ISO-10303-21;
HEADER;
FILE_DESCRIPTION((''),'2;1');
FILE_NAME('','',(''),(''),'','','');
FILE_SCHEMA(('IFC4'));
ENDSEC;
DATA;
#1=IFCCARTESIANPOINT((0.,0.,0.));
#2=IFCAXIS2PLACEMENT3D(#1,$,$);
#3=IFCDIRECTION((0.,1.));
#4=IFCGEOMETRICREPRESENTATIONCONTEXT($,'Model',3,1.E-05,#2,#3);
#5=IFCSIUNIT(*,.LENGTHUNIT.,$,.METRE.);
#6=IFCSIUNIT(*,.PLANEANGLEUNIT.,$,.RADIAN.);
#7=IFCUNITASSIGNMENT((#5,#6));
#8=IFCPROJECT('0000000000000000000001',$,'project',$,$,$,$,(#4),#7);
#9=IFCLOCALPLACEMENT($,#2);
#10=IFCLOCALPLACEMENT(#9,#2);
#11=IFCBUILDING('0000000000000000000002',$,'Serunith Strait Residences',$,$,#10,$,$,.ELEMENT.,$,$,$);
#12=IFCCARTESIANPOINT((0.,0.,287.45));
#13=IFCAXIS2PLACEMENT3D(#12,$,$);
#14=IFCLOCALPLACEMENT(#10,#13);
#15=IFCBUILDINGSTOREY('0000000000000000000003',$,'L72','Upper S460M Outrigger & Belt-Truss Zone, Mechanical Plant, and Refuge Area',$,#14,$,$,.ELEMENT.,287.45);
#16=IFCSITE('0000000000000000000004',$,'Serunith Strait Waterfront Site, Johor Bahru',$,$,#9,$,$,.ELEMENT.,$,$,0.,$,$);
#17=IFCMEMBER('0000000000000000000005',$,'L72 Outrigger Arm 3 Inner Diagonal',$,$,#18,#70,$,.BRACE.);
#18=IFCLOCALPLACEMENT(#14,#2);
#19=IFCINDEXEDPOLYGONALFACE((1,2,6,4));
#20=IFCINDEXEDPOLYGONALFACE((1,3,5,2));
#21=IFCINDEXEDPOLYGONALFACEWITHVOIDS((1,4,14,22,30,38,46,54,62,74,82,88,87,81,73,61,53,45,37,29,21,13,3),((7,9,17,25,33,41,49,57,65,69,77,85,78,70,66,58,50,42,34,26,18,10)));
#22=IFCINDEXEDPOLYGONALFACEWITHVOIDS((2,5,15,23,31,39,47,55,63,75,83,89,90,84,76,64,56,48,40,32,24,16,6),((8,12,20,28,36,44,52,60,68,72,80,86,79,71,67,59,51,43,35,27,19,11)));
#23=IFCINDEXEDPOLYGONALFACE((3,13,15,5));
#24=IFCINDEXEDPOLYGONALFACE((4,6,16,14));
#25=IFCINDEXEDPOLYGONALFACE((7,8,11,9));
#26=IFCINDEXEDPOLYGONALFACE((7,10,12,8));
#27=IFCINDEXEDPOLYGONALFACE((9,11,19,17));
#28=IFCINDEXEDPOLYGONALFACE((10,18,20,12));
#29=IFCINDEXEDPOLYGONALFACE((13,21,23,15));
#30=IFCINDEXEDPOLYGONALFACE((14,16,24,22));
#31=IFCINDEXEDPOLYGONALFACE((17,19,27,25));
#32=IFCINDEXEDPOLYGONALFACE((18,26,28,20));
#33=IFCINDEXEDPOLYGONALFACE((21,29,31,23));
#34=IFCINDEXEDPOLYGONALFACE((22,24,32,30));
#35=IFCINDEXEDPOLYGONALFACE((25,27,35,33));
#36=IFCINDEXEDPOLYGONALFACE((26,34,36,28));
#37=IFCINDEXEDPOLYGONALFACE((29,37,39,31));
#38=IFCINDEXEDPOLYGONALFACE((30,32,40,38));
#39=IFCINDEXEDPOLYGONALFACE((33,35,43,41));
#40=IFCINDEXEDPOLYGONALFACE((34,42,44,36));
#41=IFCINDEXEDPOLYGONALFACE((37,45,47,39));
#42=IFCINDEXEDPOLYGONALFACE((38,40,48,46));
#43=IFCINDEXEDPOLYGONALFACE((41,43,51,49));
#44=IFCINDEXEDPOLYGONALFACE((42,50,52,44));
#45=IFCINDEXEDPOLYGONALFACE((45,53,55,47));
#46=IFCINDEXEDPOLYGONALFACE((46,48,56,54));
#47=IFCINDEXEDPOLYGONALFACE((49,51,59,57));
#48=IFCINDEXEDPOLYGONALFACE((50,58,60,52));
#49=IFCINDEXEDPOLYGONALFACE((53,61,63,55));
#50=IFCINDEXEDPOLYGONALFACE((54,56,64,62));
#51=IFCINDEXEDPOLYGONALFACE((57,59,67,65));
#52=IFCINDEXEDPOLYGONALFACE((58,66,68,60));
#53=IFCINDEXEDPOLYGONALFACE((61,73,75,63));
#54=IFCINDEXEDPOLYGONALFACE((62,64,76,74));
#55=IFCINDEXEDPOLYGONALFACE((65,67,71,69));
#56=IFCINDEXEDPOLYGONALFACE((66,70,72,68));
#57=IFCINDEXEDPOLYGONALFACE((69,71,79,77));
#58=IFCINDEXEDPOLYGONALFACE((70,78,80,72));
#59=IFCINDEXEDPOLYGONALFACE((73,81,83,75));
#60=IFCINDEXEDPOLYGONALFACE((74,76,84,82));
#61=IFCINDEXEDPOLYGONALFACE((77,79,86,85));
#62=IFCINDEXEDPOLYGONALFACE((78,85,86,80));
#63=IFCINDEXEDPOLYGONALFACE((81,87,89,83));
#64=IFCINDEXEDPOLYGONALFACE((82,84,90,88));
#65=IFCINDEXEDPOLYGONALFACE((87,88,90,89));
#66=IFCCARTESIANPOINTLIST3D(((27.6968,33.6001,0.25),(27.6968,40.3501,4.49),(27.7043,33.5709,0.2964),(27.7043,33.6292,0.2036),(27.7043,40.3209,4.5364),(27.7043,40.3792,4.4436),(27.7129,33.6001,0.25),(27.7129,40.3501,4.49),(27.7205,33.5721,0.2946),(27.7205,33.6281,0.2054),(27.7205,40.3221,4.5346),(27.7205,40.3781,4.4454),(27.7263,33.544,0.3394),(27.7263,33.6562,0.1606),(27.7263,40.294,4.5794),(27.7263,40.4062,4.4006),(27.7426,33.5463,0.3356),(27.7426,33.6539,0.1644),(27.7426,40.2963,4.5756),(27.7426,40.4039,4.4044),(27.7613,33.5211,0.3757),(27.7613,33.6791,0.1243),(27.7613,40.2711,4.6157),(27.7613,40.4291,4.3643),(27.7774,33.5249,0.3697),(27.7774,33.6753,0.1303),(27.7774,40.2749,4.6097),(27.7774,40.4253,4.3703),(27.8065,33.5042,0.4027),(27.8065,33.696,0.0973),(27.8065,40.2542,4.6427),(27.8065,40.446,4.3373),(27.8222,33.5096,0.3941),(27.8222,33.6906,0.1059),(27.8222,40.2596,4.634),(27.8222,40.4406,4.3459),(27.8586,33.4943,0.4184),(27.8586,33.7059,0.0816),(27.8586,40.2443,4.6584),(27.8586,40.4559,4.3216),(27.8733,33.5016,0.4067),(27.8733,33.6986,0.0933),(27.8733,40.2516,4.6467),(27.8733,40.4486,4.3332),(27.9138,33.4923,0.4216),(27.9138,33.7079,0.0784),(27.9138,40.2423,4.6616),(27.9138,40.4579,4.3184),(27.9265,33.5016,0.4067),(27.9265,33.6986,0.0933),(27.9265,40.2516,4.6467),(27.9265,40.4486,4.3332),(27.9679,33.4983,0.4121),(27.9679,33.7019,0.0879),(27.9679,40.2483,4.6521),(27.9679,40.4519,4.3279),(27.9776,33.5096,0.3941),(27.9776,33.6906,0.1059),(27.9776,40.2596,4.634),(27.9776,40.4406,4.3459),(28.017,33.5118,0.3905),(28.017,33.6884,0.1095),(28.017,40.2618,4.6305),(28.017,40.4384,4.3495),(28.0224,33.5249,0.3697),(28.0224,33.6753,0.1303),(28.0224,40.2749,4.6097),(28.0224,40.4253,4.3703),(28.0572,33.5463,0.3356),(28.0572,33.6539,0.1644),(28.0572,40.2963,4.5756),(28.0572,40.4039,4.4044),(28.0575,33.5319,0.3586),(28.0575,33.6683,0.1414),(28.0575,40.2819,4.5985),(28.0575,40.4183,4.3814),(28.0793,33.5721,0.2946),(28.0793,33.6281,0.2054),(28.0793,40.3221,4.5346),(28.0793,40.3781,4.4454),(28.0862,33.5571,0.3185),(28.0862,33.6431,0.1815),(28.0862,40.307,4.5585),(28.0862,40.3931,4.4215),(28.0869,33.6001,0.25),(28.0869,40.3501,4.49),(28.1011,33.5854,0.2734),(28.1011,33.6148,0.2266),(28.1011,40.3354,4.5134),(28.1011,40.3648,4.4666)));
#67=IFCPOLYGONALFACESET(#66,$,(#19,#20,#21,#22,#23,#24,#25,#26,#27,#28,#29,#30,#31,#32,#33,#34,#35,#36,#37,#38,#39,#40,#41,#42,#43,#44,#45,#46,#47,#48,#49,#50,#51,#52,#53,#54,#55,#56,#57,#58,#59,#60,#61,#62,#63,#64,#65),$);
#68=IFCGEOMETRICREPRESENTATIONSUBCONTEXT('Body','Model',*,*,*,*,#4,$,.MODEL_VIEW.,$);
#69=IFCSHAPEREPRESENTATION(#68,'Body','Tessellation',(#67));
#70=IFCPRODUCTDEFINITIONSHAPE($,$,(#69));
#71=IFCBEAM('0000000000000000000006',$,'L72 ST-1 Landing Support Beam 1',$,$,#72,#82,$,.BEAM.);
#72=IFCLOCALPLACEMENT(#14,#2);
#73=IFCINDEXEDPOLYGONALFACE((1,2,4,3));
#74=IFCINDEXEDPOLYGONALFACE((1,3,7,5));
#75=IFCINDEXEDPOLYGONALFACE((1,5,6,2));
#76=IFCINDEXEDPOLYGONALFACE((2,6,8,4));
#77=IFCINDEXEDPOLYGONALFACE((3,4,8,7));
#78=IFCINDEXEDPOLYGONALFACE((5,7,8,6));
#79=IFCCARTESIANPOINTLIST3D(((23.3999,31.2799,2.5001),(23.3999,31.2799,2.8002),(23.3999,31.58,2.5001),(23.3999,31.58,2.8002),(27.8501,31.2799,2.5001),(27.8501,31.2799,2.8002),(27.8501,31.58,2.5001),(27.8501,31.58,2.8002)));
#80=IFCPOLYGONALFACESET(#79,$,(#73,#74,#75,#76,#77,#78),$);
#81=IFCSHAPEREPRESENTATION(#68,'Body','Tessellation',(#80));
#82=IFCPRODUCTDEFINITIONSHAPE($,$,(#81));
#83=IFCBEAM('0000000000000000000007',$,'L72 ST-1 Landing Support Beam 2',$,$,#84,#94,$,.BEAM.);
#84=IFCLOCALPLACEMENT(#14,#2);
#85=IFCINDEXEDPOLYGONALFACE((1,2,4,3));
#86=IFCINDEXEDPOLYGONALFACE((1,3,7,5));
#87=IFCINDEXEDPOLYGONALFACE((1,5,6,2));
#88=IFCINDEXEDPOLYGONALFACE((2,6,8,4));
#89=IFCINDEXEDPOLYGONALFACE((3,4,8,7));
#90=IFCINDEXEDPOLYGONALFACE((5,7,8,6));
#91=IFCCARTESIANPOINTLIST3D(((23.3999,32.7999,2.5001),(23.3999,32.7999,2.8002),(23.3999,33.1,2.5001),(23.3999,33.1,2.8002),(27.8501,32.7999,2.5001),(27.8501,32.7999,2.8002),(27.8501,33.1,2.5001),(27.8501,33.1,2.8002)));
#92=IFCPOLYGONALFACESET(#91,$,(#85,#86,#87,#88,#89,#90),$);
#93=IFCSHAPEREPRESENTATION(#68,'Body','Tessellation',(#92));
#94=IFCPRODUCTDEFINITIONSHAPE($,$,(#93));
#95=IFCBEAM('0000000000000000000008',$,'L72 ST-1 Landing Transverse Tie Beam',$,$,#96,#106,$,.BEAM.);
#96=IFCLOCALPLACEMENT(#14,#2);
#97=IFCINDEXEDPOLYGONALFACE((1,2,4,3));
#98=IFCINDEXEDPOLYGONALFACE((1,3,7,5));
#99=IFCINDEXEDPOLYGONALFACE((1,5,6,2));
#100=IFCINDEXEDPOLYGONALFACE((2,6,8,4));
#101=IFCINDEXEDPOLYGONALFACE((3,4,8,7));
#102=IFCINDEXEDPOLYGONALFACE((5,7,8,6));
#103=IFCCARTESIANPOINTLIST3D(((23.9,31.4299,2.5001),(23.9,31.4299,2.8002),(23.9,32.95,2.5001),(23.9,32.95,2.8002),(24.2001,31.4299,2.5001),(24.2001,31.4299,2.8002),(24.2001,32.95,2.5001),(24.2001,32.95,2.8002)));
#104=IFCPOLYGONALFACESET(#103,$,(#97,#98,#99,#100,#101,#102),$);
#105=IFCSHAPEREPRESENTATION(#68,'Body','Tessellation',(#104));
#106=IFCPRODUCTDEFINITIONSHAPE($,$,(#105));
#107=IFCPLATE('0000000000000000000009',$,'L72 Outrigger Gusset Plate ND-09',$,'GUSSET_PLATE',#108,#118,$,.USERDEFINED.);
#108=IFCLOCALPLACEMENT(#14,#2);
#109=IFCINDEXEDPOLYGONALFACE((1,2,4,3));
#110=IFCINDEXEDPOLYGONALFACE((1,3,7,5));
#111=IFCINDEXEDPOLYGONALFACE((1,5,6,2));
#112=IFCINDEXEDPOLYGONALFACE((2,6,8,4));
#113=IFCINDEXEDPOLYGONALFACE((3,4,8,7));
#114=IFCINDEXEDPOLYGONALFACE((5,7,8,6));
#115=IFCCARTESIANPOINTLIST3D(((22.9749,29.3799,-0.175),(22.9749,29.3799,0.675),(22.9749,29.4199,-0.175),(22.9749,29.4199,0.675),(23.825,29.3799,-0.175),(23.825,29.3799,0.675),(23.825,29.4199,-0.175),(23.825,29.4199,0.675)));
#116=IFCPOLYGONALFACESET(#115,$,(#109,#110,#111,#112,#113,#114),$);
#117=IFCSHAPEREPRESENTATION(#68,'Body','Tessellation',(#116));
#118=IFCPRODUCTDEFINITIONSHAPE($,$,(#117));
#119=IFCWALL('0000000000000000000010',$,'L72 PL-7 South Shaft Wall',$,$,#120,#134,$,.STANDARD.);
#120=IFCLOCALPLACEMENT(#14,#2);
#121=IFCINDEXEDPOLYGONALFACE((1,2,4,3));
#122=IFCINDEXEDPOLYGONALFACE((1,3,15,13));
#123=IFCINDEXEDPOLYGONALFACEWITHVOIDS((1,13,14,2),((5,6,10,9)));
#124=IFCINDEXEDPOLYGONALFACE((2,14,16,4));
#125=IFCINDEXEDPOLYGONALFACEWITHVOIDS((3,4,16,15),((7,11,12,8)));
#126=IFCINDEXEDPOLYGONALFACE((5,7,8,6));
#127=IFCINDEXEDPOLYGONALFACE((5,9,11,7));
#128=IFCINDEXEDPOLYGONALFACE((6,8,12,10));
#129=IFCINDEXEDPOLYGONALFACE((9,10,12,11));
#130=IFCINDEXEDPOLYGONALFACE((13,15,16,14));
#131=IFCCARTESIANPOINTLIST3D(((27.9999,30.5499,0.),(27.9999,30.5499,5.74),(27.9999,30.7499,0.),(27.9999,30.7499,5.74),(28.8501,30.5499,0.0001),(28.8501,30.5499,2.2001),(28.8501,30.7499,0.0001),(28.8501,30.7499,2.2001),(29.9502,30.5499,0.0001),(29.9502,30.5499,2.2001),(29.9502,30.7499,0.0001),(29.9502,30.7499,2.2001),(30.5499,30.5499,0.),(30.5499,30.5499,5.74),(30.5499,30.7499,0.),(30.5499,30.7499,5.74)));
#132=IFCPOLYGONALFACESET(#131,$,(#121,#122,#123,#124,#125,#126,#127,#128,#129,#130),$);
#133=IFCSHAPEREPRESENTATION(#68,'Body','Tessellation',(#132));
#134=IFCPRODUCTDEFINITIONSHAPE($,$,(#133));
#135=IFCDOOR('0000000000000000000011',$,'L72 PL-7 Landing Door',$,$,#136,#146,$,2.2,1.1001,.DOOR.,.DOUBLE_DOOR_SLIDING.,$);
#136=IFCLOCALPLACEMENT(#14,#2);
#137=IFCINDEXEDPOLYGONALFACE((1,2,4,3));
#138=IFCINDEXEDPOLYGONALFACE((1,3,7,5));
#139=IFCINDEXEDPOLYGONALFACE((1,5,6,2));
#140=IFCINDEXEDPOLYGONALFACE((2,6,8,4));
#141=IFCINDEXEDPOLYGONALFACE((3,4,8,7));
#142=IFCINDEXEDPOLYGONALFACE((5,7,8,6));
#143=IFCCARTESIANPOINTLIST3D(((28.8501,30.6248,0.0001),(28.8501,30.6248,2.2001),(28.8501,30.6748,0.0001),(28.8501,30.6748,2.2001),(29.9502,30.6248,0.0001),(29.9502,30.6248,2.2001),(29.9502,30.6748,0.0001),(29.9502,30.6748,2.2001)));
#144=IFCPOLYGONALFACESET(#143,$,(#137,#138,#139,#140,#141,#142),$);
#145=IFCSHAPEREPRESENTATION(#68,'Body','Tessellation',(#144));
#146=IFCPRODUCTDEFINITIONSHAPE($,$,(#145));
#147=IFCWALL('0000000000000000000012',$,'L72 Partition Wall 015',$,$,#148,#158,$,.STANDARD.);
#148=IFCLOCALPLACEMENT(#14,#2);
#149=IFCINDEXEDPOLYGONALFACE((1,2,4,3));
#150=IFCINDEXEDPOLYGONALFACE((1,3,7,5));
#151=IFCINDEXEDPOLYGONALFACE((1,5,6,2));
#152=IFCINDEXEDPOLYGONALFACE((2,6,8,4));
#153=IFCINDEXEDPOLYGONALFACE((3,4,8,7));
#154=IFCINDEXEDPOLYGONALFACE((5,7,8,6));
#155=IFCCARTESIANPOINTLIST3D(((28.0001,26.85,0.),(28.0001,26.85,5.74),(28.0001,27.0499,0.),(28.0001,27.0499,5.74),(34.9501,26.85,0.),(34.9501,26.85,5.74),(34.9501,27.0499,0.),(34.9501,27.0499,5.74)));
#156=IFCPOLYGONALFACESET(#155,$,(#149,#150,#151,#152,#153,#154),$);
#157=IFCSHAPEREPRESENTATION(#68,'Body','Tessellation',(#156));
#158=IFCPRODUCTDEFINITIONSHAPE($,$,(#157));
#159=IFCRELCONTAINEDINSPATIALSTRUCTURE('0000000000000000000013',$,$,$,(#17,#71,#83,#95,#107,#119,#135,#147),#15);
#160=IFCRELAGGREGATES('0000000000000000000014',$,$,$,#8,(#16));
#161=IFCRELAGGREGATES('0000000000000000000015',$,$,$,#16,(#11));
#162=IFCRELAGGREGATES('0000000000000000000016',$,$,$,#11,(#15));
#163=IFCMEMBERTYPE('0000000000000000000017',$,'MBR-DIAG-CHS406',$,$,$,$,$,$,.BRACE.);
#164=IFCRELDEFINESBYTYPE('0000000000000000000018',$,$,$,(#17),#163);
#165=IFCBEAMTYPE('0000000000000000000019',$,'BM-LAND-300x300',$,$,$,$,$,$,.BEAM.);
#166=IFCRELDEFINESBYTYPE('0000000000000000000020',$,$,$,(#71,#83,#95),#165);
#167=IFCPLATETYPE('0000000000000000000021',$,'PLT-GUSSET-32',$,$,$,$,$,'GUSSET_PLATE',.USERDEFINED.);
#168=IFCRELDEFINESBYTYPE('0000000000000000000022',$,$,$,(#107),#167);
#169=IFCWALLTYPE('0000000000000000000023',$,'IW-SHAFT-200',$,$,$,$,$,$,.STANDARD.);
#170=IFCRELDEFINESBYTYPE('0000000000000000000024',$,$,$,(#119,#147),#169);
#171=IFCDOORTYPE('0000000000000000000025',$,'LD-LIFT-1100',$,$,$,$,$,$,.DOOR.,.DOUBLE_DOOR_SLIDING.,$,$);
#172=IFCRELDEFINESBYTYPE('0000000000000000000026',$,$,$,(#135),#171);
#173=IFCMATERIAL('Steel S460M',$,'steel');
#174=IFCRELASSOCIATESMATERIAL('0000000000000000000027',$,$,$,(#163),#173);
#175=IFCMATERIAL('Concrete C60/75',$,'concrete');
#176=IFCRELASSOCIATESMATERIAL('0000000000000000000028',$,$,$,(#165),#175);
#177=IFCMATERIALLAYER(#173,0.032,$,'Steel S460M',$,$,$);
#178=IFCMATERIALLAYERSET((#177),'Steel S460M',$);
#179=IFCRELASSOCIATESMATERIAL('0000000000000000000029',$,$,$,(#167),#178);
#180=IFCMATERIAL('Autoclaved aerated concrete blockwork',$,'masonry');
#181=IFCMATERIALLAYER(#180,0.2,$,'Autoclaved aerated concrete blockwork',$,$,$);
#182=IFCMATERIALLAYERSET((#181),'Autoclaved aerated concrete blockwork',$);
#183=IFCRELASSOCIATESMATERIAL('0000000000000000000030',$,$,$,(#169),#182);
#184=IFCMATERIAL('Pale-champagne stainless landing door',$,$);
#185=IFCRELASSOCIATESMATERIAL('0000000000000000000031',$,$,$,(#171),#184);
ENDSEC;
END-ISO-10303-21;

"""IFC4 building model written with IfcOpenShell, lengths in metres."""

from ifc_helpers import new_model, si_unit, direction, frame, frame_2d, origin, origin_2d, place, context, subcontext, project, spatial, rectangle, hollow_circle, extrude, source, transform, mapped, material, layer, layer_set, material_profile, profile_set, type_object, element, fill, save


model = new_model("IFC4")

# Units and contexts
model_context = context("Model", 3, precision=1e-05, world=origin(), true_north=direction((0.0, 1.0)))
body_context = subcontext(model_context, "Body", "Model", "MODEL_VIEW")
ifc_project = project(units=[si_unit("LENGTHUNIT", "METRE"), si_unit("PLANEANGLEUNIT", "RADIAN")], contexts=[model_context])

# Site, building, storey
site_placement = place(None, origin())
site = spatial("IfcSite", under=ifc_project, at=site_placement, Name="Serunith Strait Waterfront Site, Johor Bahru", CompositionType="ELEMENT", RefElevation=0.0)
building_placement = place(site_placement, origin())
building = spatial("IfcBuilding", under=site, at=building_placement, Name="Serunith Strait Residences", CompositionType="ELEMENT")
storey_placement = place(building_placement, frame((0.0, 0.0, 287.45)))
storey = spatial("IfcBuildingStorey", under=building, at=storey_placement, Name="L72", Description="Upper S460M Outrigger & Belt-Truss Zone, Mechanical Plant, and Refuge Area", CompositionType="ELEMENT", Elevation=287.45)

# Member
ifc_material_1 = material(Name="Steel S460M", Category="steel")
ifc_material_profile_1 = material_profile(ifc_material_1, hollow_circle(Radius=0.2031, WallThickness=0.0161, at=origin_2d()), Name="CHS 406.4x16")
ifc_profile_set_1 = profile_set([ifc_material_profile_1], Name="Steel S460M")
member_type_1 = type_object("IfcMemberType", Name="MBR-DIAG-CHS406", PredefinedType="BRACE", material=ifc_profile_set_1)
shared_shape_1 = source(origin(), body_context, "Body", "SweptSolid", [
    extrude(hollow_circle(Radius=0.2031, WallThickness=0.0161, at=origin_2d()), origin(), (0.0, 0.0, 1.0), 7.9712),
])
member_placement = place(storey_placement, frame((27.8999, 33.6001, 0.25), z_axis=(0.0, 0.846799, 0.531914), x_axis=(-1.0, 0.0, 0.0)))
element("IfcMember", 1, at=member_placement, inside=storey, type_object=member_type_1, Name="L72 Outrigger Arm 3 Inner Diagonal", PredefinedType="BRACE", context=body_context, shape_type="MappedRepresentation", body=[
    mapped(shared_shape_1, transform((0.0, 0.0, 0.0), scale=1.0)),
])

# Beams
ifc_material_2 = material(Name="Concrete C60/75", Category="concrete")
ifc_material_profile_2 = material_profile(ifc_material_2, rectangle(XDim=0.3, YDim=0.3, at=origin_2d()), Name="RC 300x300")
ifc_profile_set_2 = profile_set([ifc_material_profile_2], Name="Concrete C60/75")
beam_type_1 = type_object("IfcBeamType", Name="BM-LAND-300x300", PredefinedType="BEAM", material=ifc_profile_set_2)
shared_shape_2 = source(origin(), body_context, "Body", "SweptSolid", [
    extrude(rectangle(XDim=0.3, YDim=0.3, at=origin_2d()), origin(), (0.0, 0.0, 1.0), 4.4502),
])
for number, where, z_axis, x_axis, name in (
    (2, (23.3999, 31.4299, 2.6501), (1.0, 0.0, 0.0), (0.0, 1.0, 0.0), "L72 ST-1 Landing Support Beam 1"),
    (3, (23.3999, 32.95, 2.6501), (1.0, 0.0, 0.0), (0.0, 1.0, 0.0), "L72 ST-1 Landing Support Beam 2"),
):
    element("IfcBeam", number, at=place(storey_placement, frame(where, z_axis=z_axis, x_axis=x_axis)), inside=storey, type_object=beam_type_1, Name=name, PredefinedType="BEAM", context=body_context, shape_type="MappedRepresentation", body=[
        mapped(shared_shape_2, transform((0.0, 0.0, 0.0), scale=1.0)),
    ])
shared_shape_3 = source(origin(), body_context, "Body", "SweptSolid", [
    extrude(rectangle(XDim=0.3, YDim=0.3, at=origin_2d()), origin(), (0.0, 0.0, 1.0), 1.52),
])
beam_1_placement = place(storey_placement, frame((24.05, 31.4299, 2.6501), z_axis=(0.0, 1.0, 0.0), x_axis=(-1.0, 0.0, 0.0)))
element("IfcBeam", 4, at=beam_1_placement, inside=storey, type_object=beam_type_1, Name="L72 ST-1 Landing Transverse Tie Beam", PredefinedType="BEAM", context=body_context, shape_type="MappedRepresentation", body=[
    mapped(shared_shape_3, transform((0.0, 0.0, 0.0), scale=1.0)),
])

# Plate
ifc_layer_1 = layer(ifc_material_1, 0.032, Name="Steel S460M")
ifc_layer_set_1 = layer_set([ifc_layer_1], Name="Steel S460M")
plate_type = type_object("IfcPlateType", Name="PLT-GUSSET-32", ElementType="GUSSET_PLATE", PredefinedType="USERDEFINED", material=ifc_layer_set_1)
shared_shape_4 = source(origin(), body_context, "Body", "SweptSolid", [
    extrude(rectangle(XDim=0.8501, YDim=0.04, at=origin_2d()), origin(), (0.0, 0.0, 1.0), 0.8501),
])
plate_placement = place(storey_placement, frame((23.3999, 29.3999, -0.175), z_axis=(0.0, 0.0, 1.0), x_axis=(-1.0, 0.0, 0.0)))
element("IfcPlate", 5, at=plate_placement, inside=storey, type_object=plate_type, Name="L72 Outrigger Gusset Plate ND-09", ObjectType="GUSSET_PLATE", PredefinedType="USERDEFINED", context=body_context, shape_type="MappedRepresentation", body=[
    mapped(shared_shape_4, transform((0.0, 0.0, 0.0), scale=1.0)),
])

# Wall, opening, door
ifc_material_3 = material(Name="Autoclaved aerated concrete blockwork", Category="masonry")
ifc_layer_2 = layer(ifc_material_3, 0.2, Name="Autoclaved aerated concrete blockwork")
ifc_layer_set_2 = layer_set([ifc_layer_2], Name="Autoclaved aerated concrete blockwork")
wall_type = type_object("IfcWallType", Name="IW-SHAFT-200", PredefinedType="STANDARD", material=ifc_layer_set_2)
wall_1_placement = place(storey_placement, frame((28.0, 30.6499, 0.0), z_axis=(0.0, 0.0, 1.0), x_axis=(1.0, 0.0, 0.0)))
wall_1 = element("IfcWall", 6, at=wall_1_placement, inside=storey, type_object=wall_type, Name="L72 PL-7 South Shaft Wall", PredefinedType="STANDARD", context=body_context, shape_type="SweptSolid", body=[
    extrude(rectangle(XDim=2.55, YDim=0.2, at=frame_2d((1.2749, 0.0))), origin(), (0.0, 0.0, 1.0), 5.74),
])
opening_placement = place(wall_1_placement, frame((0.8501, 0.0, 0.0)))
opening = element("IfcOpeningElement", 7, at=opening_placement, cuts=wall_1, PredefinedType="OPENING", context=body_context, shape_type="SweptSolid", body=[
    extrude(rectangle(XDim=1.1001, YDim=2.2, at=frame_2d((0.55, 1.1001))), frame((0.0, 0.1099, 0.0), z_axis=(0.0, -1.0, 0.0), x_axis=(1.0, 0.0, 0.0)), (0.0, 0.0, 1.0), 0.22),
])
ifc_material_4 = material(Name="Pale-champagne stainless landing door")
door_type = type_object("IfcDoorType", Name="LD-LIFT-1100", OperationType="DOUBLE_DOOR_SLIDING", PredefinedType="DOOR", material=ifc_material_4)
shared_shape_5 = source(origin(), body_context, "Body", "SweptSolid", [
    extrude(rectangle(XDim=1.1001, YDim=2.2, at=frame_2d((0.55, 1.1001))), frame((0.0, 0.0249, 0.0), z_axis=(0.0, -1.0, 0.0), x_axis=(1.0, 0.0, 0.0)), (0.0, 0.0, 1.0), 0.05),
])
door_placement = place(opening_placement, origin())
door = element("IfcDoor", 8, at=door_placement, inside=storey, type_object=door_type, Name="L72 PL-7 Landing Door", OperationType="DOUBLE_DOOR_SLIDING", OverallHeight=2.2, OverallWidth=1.1001, PredefinedType="DOOR", context=body_context, shape_type="MappedRepresentation", body=[
    mapped(shared_shape_5, transform((0.0, 0.0, 0.0), scale=1.0)),
])
fill(opening, door)

# Wall
wall_2_placement = place(storey_placement, frame((28.0, 26.95, 0.0), z_axis=(0.0, 0.0, 1.0), x_axis=(1.0, 0.0, 0.0)))
element("IfcWall", 9, at=wall_2_placement, inside=storey, type_object=wall_type, Name="L72 Partition Wall 015", PredefinedType="STANDARD", context=body_context, shape_type="SweptSolid", body=[
    extrude(rectangle(XDim=6.95, YDim=0.2, at=frame_2d((3.4751, 0.0))), origin(), (0.0, 0.0, 1.0), 5.74),
])

save(model, "model.ifc")
